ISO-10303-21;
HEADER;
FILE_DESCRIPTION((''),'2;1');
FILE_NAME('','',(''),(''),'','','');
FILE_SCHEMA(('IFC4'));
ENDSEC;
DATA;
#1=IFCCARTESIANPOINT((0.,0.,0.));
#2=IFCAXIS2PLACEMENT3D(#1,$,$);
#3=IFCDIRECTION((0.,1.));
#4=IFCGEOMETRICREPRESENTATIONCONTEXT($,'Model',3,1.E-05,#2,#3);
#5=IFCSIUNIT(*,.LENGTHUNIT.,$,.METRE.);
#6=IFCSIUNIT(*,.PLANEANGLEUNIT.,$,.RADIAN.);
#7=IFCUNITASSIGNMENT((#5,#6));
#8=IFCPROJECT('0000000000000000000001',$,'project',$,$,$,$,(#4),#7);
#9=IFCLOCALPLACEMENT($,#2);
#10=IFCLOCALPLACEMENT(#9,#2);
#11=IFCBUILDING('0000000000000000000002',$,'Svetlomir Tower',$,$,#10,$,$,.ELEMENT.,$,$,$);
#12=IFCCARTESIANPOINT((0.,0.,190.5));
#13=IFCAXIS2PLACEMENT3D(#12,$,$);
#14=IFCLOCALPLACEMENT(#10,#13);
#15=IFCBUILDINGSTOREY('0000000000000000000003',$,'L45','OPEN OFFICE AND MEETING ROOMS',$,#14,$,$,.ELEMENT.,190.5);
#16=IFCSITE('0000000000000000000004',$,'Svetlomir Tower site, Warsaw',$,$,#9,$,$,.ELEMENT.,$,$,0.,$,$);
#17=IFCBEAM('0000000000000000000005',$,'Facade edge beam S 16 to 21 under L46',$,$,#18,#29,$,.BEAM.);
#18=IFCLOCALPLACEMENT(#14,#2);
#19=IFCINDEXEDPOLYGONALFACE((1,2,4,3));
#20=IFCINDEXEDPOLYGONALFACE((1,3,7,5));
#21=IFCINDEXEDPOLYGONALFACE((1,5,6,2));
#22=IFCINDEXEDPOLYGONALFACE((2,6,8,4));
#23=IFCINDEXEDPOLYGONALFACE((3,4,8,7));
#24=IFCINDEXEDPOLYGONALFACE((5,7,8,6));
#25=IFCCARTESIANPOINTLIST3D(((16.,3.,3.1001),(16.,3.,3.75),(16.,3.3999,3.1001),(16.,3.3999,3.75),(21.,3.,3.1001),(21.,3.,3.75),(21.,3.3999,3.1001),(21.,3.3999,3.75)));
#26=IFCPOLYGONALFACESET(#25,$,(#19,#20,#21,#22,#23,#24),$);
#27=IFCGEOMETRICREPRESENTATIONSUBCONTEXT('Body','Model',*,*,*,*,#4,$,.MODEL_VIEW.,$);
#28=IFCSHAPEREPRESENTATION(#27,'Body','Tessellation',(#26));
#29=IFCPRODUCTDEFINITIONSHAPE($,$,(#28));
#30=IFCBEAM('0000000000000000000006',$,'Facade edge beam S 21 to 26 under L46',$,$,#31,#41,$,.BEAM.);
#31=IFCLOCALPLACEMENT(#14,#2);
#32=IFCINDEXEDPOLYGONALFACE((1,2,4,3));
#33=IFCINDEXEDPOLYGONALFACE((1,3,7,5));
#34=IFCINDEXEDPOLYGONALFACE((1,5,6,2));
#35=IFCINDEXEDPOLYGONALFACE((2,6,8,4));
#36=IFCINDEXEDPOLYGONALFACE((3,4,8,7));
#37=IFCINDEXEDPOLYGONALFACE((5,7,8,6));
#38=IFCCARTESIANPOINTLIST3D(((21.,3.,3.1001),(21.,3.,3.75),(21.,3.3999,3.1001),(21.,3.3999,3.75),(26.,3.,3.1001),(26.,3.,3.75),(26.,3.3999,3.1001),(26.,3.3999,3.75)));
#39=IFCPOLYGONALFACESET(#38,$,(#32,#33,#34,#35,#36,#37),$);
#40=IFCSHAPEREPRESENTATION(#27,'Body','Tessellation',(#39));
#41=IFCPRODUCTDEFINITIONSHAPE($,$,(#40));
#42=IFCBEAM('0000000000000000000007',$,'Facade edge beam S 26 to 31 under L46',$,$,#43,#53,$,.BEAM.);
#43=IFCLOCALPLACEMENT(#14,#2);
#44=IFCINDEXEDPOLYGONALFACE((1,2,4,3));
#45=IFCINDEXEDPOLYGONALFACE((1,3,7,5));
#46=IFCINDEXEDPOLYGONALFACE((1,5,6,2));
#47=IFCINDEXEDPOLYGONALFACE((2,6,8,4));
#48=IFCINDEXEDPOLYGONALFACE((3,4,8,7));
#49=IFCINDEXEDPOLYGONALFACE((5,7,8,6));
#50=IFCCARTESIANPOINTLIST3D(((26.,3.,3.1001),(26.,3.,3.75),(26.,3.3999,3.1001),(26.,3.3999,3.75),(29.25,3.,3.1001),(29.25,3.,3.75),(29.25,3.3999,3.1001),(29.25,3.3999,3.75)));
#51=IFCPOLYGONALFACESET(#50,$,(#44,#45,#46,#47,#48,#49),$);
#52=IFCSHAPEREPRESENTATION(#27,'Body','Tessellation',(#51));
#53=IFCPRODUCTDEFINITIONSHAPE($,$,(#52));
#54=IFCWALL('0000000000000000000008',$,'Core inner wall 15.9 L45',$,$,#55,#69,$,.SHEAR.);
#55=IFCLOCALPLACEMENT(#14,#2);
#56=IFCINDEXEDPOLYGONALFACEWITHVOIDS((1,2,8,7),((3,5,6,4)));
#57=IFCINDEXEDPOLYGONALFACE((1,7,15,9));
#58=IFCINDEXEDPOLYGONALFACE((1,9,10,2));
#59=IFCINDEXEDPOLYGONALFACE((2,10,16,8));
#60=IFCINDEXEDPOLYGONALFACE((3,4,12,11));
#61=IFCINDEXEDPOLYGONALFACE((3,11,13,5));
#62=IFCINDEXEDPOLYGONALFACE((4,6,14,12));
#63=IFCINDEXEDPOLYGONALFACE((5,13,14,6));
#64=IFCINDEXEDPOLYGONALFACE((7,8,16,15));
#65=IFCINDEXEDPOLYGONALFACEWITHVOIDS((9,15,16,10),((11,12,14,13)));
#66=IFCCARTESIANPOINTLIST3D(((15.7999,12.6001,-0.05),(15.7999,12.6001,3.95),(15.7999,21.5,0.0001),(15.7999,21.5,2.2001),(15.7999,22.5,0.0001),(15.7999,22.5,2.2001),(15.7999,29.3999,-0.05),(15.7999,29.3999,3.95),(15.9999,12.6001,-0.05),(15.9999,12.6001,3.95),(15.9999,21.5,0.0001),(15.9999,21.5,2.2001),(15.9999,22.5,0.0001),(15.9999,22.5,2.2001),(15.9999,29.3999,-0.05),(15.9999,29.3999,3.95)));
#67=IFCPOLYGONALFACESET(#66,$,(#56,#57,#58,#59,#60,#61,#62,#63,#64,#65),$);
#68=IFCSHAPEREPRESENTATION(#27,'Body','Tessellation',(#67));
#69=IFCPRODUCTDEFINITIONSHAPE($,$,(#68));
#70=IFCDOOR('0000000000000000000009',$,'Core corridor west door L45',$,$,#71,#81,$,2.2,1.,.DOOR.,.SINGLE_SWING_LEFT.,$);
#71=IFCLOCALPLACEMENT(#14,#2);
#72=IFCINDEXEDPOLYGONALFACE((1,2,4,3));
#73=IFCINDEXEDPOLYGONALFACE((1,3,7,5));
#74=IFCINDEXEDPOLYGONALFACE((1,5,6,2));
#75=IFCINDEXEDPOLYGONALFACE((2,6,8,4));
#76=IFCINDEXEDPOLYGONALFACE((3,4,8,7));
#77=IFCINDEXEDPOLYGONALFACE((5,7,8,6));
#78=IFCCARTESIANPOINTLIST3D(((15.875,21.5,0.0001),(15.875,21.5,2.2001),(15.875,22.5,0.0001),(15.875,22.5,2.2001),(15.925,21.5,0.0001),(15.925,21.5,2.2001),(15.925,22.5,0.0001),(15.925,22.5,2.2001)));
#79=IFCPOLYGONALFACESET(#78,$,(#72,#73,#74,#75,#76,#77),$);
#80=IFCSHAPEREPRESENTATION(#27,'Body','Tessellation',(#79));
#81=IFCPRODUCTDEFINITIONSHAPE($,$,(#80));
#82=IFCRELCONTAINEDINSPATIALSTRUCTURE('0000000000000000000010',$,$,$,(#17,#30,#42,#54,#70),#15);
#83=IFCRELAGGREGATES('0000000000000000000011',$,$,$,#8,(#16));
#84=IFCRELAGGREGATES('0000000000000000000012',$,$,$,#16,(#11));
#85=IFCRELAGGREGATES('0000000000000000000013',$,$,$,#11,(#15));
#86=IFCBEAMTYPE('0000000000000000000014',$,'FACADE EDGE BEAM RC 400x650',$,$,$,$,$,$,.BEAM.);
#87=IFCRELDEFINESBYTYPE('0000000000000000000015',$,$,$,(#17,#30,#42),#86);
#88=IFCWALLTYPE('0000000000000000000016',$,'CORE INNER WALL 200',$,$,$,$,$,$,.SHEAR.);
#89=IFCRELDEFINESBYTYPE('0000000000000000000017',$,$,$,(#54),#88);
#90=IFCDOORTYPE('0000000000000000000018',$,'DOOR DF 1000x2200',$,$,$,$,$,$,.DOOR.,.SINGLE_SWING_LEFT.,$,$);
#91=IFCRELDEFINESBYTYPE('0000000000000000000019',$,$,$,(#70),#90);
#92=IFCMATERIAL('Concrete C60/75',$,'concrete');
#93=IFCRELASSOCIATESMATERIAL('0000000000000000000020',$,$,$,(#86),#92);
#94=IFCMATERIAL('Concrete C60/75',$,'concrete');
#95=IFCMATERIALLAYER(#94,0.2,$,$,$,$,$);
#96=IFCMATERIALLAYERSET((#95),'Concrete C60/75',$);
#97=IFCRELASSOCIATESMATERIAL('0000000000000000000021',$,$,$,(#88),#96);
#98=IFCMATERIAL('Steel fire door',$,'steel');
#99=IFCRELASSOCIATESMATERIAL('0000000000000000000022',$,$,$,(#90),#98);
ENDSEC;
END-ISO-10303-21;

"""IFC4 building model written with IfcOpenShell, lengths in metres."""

from ifc_helpers import new_model, si_unit, direction, frame, frame_2d, origin, origin_2d, place, context, subcontext, project, spatial, rectangle, extrude, material, layer, layer_set, material_profile, profile_set, type_object, element, fill, save


model = new_model("IFC4")

# Units and contexts
model_context = context("Model", 3, precision=1e-05, world=origin(), true_north=direction((0.0, 1.0)))
body_context = subcontext(model_context, "Body", "Model", "MODEL_VIEW")
ifc_project = project(units=[si_unit("LENGTHUNIT", "METRE"), si_unit("PLANEANGLEUNIT", "RADIAN")], contexts=[model_context])

# Site, building, storey
site_placement = place(None, origin())
site = spatial("IfcSite", under=ifc_project, at=site_placement, Name="Svetlomir Tower site, Warsaw", CompositionType="ELEMENT", RefElevation=0.0)
building_placement = place(site_placement, origin())
building = spatial("IfcBuilding", under=site, at=building_placement, Name="Svetlomir Tower", CompositionType="ELEMENT")
storey_placement = place(building_placement, frame((0.0, 0.0, 190.5)))
storey = spatial("IfcBuildingStorey", under=building, at=storey_placement, Name="L45", Description="OPEN OFFICE AND MEETING ROOMS", CompositionType="ELEMENT", Elevation=190.5)

# Beams
ifc_material_1 = material(Name="Concrete C60/75", Category="concrete")
ifc_material_profile = material_profile(ifc_material_1, rectangle(XDim=0.3999, YDim=0.6499, at=origin_2d()), Name="RC 400x650")
ifc_profile_set = profile_set([ifc_material_profile], Name="Concrete C60/75")
beam_type = type_object("IfcBeamType", Name="FACADE EDGE BEAM RC 400x650", PredefinedType="BEAM", material=ifc_profile_set)
for number, where, z_axis, x_axis, name in (
    (1, (16.0, 3.2, 3.425), (1.0, 0.0, 0.0), (0.0, 1.0, 0.0), "Facade edge beam S 16 to 21 under L46"),
    (2, (21.0, 3.2, 3.425), (1.0, 0.0, 0.0), (0.0, 1.0, 0.0), "Facade edge beam S 21 to 26 under L46"),
):
    element("IfcBeam", number, at=place(storey_placement, frame(where, z_axis=z_axis, x_axis=x_axis)), inside=storey, type_object=beam_type, Name=name, PredefinedType="BEAM", context=body_context, shape_type="SweptSolid", body=[
        extrude(rectangle(XDim=0.3999, YDim=0.6499, at=origin_2d()), origin(), (0.0, 0.0, 1.0), 5.0),
    ])
beam_placement = place(storey_placement, frame((26.0, 3.2, 3.425), z_axis=(1.0, 0.0, 0.0), x_axis=(0.0, 1.0, 0.0)))
element("IfcBeam", 3, at=beam_placement, inside=storey, type_object=beam_type, Name="Facade edge beam S 26 to 31 under L46", PredefinedType="BEAM", context=body_context, shape_type="SweptSolid", body=[
    extrude(rectangle(XDim=0.3999, YDim=0.6499, at=origin_2d()), origin(), (0.0, 0.0, 1.0), 3.25),
])

# Wall, opening, door
ifc_material_2 = material(Name="Concrete C60/75", Category="concrete")
ifc_layer_1 = layer(ifc_material_2, 0.2)
ifc_layer_set_1 = layer_set([ifc_layer_1], Name="Concrete C60/75")
wall_type_1 = type_object("IfcWallType", Name="CORE INNER WALL 200", PredefinedType="SHEAR", material=ifc_layer_set_1)
wall_1_placement = place(storey_placement, frame((15.8999, 12.6001, -0.05), z_axis=(0.0, 0.0, 1.0), x_axis=(0.0, 1.0, 0.0)))
wall_1 = element("IfcWall", 4, at=wall_1_placement, inside=storey, type_object=wall_type_1, Name="Core inner wall 15.9 L45", PredefinedType="SHEAR", context=body_context, shape_type="SweptSolid", body=[
    extrude(rectangle(XDim=16.7998, YDim=0.2, at=frame_2d((8.3999, 0.0))), origin(), (0.0, 0.0, 1.0), 4.0),
])
opening_1_placement = place(wall_1_placement, frame((8.8999, 0.0, 0.05)))
opening_1 = element("IfcOpeningElement", 5, at=opening_1_placement, cuts=wall_1, PredefinedType="OPENING", context=body_context, shape_type="SweptSolid", body=[
    extrude(rectangle(XDim=1.0, YDim=2.2, at=frame_2d((0.5, 1.1001))), frame((0.0, 0.1099, 0.0), z_axis=(0.0, -1.0, 0.0), x_axis=(1.0, 0.0, 0.0)), (0.0, 0.0, 1.0), 0.22),
])
ifc_material_3 = material(Name="Steel fire door", Category="steel")
door_type_1 = type_object("IfcDoorType", Name="DOOR DF 1000x2200", OperationType="SINGLE_SWING_LEFT", PredefinedType="DOOR", material=ifc_material_3)
door_1_placement = place(opening_1_placement, origin())
door_1 = element("IfcDoor", 6, at=door_1_placement, inside=storey, type_object=door_type_1, Name="Core corridor west door L45", OperationType="SINGLE_SWING_LEFT", OverallHeight=2.2, OverallWidth=1.0, PredefinedType="DOOR", context=body_context, shape_type="SweptSolid", body=[
    extrude(rectangle(XDim=1.0, YDim=2.2, at=frame_2d((0.5, 1.1001))), frame((0.0, 0.0249, 0.0), z_axis=(0.0, -1.0, 0.0), x_axis=(1.0, 0.0, 0.0)), (0.0, 0.0, 1.0), 0.05),
])
fill(opening_1, door_1)

save(model, "model.ifc")
